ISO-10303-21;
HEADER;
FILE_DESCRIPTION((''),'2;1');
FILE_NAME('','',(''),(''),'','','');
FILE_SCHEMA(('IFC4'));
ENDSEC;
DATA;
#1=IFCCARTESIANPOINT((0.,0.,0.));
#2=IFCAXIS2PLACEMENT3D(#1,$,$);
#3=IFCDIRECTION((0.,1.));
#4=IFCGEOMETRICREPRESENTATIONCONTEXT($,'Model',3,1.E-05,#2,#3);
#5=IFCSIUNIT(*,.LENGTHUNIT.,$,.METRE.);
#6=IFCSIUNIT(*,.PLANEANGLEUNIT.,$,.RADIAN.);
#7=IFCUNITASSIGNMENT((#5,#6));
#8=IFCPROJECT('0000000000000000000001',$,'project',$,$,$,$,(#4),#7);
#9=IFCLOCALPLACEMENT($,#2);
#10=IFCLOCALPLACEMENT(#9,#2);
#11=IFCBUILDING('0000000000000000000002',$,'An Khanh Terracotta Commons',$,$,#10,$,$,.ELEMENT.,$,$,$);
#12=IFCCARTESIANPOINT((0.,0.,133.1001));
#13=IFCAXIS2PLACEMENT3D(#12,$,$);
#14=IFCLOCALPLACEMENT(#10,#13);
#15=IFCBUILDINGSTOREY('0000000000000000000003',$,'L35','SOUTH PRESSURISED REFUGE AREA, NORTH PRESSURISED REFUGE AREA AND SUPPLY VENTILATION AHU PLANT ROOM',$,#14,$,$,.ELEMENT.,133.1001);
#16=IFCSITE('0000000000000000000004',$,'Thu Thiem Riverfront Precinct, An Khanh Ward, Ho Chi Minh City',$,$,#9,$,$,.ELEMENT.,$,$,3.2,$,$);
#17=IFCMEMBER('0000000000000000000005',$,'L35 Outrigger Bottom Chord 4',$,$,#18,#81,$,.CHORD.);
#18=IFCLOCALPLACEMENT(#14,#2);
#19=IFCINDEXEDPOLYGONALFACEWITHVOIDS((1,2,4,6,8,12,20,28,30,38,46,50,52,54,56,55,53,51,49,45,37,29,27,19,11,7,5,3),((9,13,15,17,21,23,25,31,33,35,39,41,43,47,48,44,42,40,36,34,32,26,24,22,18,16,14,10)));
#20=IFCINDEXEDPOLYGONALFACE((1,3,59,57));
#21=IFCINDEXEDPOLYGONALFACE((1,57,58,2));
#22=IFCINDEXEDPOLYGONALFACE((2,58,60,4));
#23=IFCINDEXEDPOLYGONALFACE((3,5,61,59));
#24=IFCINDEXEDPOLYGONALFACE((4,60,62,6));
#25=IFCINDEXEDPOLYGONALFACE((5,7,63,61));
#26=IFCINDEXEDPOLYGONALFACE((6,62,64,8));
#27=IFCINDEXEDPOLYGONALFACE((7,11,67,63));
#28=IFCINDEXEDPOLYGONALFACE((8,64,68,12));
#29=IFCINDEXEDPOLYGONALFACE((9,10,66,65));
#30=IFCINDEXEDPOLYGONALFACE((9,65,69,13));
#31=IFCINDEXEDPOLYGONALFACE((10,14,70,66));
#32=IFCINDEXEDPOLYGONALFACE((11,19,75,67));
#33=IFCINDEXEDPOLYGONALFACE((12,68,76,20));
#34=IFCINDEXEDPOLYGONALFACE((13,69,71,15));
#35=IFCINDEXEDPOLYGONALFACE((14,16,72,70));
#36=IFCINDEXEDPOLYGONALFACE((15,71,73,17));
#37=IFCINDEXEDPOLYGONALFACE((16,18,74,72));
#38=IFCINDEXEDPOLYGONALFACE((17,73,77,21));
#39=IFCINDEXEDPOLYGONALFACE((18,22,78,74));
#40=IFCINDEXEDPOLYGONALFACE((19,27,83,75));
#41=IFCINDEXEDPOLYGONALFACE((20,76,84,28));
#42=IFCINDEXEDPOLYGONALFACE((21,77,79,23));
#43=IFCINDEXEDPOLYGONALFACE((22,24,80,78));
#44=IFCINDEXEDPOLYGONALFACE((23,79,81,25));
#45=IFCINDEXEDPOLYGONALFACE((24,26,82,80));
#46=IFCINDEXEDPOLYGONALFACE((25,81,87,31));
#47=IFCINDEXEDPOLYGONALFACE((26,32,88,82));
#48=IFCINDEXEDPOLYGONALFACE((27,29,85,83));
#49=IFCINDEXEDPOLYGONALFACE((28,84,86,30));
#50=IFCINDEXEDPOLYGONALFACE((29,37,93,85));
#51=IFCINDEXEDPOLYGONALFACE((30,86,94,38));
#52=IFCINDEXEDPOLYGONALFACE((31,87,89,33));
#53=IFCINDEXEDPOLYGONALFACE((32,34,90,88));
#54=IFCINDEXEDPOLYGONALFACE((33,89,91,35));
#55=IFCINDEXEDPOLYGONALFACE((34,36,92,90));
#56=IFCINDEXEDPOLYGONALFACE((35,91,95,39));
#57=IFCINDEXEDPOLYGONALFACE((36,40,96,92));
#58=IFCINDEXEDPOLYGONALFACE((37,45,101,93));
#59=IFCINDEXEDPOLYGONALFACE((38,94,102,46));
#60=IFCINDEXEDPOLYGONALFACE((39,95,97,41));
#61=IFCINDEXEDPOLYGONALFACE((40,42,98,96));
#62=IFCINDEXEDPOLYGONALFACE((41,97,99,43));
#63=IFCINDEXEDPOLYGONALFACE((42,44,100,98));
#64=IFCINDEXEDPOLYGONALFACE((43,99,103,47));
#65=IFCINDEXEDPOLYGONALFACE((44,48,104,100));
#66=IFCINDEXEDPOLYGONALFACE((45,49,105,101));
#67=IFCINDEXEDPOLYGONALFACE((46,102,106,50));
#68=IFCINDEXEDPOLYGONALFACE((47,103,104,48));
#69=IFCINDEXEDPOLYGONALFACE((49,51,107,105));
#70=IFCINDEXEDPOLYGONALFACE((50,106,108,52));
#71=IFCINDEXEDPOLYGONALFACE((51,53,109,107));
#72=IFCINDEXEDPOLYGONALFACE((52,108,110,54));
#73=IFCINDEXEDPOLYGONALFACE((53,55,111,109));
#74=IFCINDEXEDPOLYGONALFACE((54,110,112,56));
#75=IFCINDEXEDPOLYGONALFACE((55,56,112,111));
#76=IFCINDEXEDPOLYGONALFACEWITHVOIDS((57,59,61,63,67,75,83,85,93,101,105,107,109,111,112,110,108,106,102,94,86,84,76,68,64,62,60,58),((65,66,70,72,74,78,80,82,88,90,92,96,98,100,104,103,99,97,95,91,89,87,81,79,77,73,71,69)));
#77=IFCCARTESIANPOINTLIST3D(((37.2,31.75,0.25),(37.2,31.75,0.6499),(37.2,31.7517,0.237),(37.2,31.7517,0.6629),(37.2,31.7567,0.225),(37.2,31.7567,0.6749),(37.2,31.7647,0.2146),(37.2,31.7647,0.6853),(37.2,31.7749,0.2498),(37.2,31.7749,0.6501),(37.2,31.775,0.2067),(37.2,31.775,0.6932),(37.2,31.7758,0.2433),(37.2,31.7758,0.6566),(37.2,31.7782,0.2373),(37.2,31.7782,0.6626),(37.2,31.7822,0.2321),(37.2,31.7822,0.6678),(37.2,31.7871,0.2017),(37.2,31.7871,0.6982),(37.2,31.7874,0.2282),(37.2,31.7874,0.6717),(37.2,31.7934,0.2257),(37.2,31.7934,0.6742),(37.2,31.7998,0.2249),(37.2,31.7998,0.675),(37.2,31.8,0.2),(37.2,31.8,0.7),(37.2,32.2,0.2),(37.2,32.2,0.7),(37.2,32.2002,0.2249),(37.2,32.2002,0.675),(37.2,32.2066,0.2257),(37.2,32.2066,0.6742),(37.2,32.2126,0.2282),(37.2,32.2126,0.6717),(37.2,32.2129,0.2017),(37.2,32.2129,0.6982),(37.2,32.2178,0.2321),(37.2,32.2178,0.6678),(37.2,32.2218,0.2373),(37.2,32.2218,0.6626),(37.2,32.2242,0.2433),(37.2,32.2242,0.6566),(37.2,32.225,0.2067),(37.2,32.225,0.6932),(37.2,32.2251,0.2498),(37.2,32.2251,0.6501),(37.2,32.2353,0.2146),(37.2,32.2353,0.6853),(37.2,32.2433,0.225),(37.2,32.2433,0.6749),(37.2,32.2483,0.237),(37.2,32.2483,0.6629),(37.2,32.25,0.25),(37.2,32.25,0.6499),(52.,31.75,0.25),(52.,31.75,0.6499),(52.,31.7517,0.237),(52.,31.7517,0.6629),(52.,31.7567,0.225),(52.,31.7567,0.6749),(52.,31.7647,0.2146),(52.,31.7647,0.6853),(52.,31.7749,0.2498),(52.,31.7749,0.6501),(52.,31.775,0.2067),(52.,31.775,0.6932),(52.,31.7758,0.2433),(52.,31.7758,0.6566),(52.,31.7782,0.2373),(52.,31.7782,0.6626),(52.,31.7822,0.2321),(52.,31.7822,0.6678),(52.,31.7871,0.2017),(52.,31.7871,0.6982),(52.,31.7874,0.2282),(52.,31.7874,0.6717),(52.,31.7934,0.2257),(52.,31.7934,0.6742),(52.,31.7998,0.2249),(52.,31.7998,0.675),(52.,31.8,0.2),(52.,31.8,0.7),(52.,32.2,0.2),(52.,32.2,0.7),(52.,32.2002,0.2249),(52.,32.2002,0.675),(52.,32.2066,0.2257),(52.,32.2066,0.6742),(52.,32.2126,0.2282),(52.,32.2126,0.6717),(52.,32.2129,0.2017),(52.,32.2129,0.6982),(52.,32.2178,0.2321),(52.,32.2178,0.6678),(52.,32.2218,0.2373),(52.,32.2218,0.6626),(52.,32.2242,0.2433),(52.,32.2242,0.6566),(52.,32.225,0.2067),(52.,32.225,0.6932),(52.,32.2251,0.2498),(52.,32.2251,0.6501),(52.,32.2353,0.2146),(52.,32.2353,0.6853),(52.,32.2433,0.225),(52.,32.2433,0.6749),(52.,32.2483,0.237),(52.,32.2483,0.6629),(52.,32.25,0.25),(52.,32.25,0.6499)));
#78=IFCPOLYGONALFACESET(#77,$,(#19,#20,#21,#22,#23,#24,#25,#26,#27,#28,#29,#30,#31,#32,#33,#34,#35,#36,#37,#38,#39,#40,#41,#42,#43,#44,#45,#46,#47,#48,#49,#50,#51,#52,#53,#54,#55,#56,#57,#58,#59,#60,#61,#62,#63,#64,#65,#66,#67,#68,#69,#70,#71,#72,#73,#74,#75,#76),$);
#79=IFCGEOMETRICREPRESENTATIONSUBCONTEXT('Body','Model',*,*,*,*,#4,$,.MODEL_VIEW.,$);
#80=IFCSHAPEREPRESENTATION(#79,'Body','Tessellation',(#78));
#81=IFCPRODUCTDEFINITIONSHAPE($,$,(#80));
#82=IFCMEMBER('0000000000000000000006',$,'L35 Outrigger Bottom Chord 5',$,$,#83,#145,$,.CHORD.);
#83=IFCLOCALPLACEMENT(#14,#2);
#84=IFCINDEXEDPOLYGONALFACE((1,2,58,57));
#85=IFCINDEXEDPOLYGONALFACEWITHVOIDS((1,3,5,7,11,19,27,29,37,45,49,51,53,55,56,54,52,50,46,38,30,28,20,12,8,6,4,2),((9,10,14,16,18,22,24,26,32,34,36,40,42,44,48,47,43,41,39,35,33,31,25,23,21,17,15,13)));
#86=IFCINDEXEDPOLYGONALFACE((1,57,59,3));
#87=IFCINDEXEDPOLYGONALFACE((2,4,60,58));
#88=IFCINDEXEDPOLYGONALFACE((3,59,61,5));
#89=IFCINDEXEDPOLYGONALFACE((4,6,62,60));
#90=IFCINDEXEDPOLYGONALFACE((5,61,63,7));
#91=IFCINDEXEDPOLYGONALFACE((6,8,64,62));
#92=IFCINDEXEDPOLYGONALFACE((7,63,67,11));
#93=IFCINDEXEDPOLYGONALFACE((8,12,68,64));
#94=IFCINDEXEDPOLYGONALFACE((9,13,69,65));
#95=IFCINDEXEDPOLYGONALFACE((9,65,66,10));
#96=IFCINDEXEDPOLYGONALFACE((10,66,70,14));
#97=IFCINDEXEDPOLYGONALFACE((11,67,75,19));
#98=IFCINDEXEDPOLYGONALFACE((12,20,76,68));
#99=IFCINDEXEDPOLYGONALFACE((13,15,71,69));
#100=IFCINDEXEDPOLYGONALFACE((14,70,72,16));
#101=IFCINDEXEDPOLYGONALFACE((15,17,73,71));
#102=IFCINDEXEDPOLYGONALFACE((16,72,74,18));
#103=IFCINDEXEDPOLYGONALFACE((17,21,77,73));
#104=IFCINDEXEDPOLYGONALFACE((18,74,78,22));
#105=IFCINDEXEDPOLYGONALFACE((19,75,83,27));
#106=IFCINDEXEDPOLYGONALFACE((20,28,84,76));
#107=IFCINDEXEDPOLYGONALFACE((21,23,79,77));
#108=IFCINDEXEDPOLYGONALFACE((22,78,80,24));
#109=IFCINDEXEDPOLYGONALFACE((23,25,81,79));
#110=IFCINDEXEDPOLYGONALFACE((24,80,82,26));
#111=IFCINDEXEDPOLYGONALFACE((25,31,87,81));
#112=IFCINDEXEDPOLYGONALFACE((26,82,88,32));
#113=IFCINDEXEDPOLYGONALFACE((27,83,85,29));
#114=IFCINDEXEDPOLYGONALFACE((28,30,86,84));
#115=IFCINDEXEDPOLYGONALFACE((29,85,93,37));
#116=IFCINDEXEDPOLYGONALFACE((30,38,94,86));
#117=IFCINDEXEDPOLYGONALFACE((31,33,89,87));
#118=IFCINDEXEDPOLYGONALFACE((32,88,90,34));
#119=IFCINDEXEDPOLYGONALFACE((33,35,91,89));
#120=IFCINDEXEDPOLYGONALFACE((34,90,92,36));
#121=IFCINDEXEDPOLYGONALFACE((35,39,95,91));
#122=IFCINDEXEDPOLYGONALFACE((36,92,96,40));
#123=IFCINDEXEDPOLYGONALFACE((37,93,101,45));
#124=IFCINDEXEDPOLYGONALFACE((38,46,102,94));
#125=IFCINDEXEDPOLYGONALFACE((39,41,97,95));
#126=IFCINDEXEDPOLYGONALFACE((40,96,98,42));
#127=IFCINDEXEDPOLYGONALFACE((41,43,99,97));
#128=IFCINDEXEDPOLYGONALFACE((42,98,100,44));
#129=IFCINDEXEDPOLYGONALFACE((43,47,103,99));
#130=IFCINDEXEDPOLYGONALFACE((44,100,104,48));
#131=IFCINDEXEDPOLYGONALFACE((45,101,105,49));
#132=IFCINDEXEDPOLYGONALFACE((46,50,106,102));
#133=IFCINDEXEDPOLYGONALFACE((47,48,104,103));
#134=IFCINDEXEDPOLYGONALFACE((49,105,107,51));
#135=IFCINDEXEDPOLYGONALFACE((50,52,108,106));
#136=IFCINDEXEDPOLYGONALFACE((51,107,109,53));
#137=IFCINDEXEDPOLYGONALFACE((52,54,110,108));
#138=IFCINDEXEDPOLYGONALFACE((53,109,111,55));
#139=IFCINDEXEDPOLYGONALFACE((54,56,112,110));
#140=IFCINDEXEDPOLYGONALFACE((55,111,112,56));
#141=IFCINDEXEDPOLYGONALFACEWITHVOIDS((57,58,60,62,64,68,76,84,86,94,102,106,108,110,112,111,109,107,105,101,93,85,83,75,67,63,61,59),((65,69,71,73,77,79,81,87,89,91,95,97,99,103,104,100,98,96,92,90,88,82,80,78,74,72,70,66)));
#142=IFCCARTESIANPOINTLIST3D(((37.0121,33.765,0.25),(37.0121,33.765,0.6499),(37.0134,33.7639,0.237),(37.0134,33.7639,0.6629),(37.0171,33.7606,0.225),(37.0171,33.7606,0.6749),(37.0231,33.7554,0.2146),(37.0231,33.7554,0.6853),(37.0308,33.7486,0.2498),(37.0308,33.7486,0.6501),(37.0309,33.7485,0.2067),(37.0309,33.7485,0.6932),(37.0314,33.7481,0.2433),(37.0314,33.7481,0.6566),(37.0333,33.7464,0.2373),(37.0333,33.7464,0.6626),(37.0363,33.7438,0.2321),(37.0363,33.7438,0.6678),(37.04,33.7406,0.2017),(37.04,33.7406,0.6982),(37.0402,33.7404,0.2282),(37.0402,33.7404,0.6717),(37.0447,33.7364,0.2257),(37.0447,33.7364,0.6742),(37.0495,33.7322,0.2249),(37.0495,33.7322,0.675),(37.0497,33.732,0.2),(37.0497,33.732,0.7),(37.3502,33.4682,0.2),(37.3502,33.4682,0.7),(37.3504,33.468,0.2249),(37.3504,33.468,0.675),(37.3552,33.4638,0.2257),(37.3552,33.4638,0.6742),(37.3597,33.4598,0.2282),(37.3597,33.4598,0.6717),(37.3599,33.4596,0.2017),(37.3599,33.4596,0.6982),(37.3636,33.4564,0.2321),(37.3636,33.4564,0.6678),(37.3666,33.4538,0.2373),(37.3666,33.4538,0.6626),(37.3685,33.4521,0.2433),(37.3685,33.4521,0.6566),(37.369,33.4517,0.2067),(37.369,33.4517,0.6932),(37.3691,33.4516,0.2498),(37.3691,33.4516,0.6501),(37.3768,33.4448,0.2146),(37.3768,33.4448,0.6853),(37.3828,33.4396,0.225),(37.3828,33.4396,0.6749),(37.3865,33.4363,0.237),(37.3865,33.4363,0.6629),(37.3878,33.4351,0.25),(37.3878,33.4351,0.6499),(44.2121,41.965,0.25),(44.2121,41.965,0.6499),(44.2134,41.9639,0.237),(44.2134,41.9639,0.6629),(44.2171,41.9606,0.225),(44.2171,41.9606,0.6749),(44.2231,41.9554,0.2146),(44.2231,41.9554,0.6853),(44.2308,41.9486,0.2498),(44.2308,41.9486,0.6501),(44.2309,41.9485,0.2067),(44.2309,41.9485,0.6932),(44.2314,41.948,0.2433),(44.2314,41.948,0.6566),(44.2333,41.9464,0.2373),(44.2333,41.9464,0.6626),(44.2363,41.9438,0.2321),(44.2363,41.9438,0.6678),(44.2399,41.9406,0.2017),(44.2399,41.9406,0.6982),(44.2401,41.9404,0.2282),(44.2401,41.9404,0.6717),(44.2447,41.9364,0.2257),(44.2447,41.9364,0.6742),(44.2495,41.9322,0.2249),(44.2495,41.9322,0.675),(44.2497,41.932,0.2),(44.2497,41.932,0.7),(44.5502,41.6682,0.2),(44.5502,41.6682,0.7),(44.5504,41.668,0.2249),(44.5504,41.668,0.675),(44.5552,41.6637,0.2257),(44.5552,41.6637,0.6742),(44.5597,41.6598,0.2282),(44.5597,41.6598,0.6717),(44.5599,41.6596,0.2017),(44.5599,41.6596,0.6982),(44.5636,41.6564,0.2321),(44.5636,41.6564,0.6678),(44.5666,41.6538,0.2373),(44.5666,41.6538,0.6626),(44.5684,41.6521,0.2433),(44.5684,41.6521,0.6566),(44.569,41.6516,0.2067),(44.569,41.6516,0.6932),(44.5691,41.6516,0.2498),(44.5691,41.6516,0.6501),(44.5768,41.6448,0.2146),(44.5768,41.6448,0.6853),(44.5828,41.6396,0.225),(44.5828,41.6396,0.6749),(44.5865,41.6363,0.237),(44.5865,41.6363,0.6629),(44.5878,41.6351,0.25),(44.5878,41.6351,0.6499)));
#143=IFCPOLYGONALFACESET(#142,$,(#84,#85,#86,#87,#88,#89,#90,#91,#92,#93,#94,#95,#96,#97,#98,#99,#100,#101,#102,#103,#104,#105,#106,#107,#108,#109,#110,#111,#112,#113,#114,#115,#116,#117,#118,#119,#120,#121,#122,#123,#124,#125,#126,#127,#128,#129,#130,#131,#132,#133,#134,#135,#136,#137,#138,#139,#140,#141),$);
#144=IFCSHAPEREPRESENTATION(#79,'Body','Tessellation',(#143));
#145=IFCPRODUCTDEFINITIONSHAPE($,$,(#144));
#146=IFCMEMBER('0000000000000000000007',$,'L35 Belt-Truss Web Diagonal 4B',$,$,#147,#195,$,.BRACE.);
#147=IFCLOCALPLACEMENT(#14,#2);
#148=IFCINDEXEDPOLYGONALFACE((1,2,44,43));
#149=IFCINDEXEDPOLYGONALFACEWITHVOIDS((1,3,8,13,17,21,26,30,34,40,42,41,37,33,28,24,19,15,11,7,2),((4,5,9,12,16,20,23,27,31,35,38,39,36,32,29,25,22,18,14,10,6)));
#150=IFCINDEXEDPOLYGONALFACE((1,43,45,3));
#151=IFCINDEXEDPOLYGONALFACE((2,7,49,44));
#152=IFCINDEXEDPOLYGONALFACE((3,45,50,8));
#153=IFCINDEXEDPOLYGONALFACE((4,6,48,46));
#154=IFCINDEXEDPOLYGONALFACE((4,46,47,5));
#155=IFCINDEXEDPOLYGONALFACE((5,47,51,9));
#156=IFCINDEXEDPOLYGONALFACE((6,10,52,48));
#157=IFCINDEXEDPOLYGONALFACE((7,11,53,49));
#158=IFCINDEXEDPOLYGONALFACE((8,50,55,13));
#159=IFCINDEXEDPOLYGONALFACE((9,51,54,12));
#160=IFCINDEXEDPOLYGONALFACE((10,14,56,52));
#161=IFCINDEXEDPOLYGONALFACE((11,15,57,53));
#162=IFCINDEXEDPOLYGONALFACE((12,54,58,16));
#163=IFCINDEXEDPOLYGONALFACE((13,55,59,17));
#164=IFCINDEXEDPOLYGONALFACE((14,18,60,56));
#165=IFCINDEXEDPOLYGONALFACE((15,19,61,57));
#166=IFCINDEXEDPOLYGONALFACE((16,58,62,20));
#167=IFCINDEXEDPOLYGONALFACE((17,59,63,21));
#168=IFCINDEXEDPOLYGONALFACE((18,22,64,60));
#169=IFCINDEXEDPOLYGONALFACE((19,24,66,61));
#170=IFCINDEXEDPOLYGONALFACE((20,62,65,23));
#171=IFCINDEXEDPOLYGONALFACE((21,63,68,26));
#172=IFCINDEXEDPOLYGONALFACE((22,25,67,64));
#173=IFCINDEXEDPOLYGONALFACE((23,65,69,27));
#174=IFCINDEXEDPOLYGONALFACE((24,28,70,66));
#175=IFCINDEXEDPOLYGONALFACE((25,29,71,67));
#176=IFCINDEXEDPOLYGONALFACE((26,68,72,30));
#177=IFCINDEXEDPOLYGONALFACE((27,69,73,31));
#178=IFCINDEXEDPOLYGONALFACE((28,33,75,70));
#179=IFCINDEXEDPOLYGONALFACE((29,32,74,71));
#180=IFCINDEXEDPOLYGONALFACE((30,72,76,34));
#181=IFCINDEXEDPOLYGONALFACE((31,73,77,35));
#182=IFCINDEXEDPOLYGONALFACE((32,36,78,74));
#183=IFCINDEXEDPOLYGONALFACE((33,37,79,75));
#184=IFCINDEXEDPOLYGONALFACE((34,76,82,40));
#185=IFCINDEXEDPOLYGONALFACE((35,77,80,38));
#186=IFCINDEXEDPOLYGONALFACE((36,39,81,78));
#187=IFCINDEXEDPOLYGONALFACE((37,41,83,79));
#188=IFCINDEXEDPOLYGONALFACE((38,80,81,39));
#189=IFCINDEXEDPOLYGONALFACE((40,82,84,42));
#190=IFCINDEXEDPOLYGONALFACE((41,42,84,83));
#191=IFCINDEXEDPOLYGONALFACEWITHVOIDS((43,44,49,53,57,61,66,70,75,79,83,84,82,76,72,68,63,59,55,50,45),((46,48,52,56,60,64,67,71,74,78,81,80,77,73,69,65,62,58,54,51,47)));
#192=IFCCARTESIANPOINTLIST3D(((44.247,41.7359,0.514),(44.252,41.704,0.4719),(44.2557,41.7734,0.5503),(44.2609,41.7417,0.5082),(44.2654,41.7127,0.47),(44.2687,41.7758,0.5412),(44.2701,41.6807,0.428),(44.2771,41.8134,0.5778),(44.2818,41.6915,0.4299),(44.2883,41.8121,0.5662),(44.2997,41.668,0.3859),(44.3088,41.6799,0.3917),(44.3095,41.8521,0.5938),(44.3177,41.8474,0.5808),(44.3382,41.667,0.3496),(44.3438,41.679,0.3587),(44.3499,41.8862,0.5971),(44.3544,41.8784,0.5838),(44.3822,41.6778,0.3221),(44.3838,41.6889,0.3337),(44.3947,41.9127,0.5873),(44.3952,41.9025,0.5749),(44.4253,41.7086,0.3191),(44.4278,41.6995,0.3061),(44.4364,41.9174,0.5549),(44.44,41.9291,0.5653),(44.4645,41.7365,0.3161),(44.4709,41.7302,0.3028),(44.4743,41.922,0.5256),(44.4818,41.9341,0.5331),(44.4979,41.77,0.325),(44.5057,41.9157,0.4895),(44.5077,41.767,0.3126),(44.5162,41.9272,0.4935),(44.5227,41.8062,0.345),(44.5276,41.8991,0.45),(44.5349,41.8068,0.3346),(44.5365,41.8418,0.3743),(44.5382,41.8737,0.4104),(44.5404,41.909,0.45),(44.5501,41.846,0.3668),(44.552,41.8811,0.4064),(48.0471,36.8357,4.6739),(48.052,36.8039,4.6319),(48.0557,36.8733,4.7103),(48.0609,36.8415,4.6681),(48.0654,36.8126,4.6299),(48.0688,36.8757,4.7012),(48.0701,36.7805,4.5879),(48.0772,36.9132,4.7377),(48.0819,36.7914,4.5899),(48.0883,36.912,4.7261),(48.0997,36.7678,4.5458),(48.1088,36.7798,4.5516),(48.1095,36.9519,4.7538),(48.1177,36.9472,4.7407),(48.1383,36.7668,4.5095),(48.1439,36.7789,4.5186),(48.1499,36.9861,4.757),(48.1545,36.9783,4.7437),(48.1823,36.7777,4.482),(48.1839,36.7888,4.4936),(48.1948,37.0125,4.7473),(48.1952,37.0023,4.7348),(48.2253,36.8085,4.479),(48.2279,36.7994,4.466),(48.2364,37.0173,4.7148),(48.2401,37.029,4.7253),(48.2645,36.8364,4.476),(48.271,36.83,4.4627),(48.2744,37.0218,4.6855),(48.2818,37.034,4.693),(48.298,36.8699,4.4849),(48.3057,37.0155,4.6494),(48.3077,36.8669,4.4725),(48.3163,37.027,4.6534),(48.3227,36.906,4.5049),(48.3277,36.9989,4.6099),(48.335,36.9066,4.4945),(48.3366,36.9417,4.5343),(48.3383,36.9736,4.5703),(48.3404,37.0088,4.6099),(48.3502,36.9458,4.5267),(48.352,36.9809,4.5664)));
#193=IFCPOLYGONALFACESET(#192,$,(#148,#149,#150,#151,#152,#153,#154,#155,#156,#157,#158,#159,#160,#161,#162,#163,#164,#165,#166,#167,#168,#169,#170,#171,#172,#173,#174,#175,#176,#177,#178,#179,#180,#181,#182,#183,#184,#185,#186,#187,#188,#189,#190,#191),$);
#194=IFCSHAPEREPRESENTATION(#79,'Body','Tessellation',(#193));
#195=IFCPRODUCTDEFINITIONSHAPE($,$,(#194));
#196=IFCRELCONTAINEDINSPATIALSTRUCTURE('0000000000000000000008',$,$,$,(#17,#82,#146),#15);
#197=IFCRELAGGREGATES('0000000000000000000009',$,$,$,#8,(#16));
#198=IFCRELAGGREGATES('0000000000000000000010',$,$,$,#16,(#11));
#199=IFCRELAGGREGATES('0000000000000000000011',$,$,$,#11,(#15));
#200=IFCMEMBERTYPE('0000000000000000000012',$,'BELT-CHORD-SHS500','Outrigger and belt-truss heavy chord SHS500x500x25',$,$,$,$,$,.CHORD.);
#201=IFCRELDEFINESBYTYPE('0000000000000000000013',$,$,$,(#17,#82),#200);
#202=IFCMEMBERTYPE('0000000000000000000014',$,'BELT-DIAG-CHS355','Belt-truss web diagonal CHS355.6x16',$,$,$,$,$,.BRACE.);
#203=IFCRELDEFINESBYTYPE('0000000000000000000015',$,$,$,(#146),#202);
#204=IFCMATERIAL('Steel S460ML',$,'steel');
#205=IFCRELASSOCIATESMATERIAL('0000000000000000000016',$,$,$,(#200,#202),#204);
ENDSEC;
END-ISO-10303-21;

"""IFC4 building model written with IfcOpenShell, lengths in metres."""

from ifc_helpers import new_model, si_unit, direction, frame, origin, origin_2d, place, context, subcontext, project, spatial, hollow_rectangle, hollow_circle, extrude, material, material_profile, profile_set, type_object, element, save


model = new_model("IFC4")

# Units and contexts
model_context = context("Model", 3, precision=1e-05, world=origin(), true_north=direction((0.0, 1.0)))
body_context = subcontext(model_context, "Body", "Model", "MODEL_VIEW")
ifc_project = project(units=[si_unit("LENGTHUNIT", "METRE"), si_unit("PLANEANGLEUNIT", "RADIAN")], contexts=[model_context])

# Site, building, storey
site_placement = place(None, origin())
site = spatial("IfcSite", under=ifc_project, at=site_placement, Name="Thu Thiem Riverfront Precinct, An Khanh Ward, Ho Chi Minh City", CompositionType="ELEMENT", RefElevation=3.2)
building_placement = place(site_placement, origin())
building = spatial("IfcBuilding", under=site, at=building_placement, Name="An Khanh Terracotta Commons", CompositionType="ELEMENT")
storey_placement = place(building_placement, frame((0.0, 0.0, 133.1001)))
storey = spatial("IfcBuildingStorey", under=building, at=storey_placement, Name="L35", Description="SOUTH PRESSURISED REFUGE AREA, NORTH PRESSURISED REFUGE AREA AND SUPPLY VENTILATION AHU PLANT ROOM", CompositionType="ELEMENT", Elevation=133.1001)

# Shared definitions
ifc_material_1 = material(Name="Steel S460ML", Category="steel")

# Members
ifc_material_profile_1 = material_profile(ifc_material_1, hollow_rectangle(XDim=0.5, YDim=0.5, WallThickness=0.0249, InnerFilletRadius=0.0249, OuterFilletRadius=0.05, at=origin_2d()), Name="SHS500x500x25")
ifc_profile_set_1 = profile_set([ifc_material_profile_1], Name="Steel S460ML")
member_type_1 = type_object("IfcMemberType", Name="BELT-CHORD-SHS500", Description="Outrigger and belt-truss heavy chord SHS500x500x25", PredefinedType="CHORD", material=ifc_profile_set_1)
member_1_placement = place(storey_placement, frame((37.2, 32.0, 0.45), z_axis=(1.0, 0.0, 0.0), x_axis=(0.0, 1.0, 0.0)))
element("IfcMember", 1, at=member_1_placement, inside=storey, type_object=member_type_1, Name="L35 Outrigger Bottom Chord 4", PredefinedType="CHORD", context=body_context, shape_type="SweptSolid", body=[
    extrude(hollow_rectangle(XDim=0.5, YDim=0.5, WallThickness=0.0249, InnerFilletRadius=0.0249, OuterFilletRadius=0.05, at=origin_2d()), origin(), (0.0, 0.0, 1.0), 14.8),
])
member_2_placement = place(storey_placement, frame((37.2, 33.6001, 0.45), z_axis=(0.659801, 0.75144, 0.0), x_axis=(-0.75144, 0.659801, 0.0)))
element("IfcMember", 2, at=member_2_placement, inside=storey, type_object=member_type_1, Name="L35 Outrigger Bottom Chord 5", PredefinedType="CHORD", context=body_context, shape_type="SweptSolid", body=[
    extrude(hollow_rectangle(XDim=0.5, YDim=0.5, WallThickness=0.0249, InnerFilletRadius=0.0249, OuterFilletRadius=0.05, at=origin_2d()), origin(), (0.0, 0.0, 1.0), 10.9124),
])
ifc_material_profile_2 = material_profile(ifc_material_1, hollow_circle(Radius=0.1777, WallThickness=0.0161, at=origin_2d()), Name="CHS355.6x16")
ifc_profile_set_2 = profile_set([ifc_material_profile_2], Name="Steel S460ML")
member_type_2 = type_object("IfcMemberType", Name="BELT-DIAG-CHS355", Description="Belt-truss web diagonal CHS355.6x16", PredefinedType="BRACE", material=ifc_profile_set_2)
member_3_placement = place(storey_placement, frame((44.3999, 41.8, 0.45), z_axis=(0.50891, -0.656237, 0.557103), x_axis=(0.790225, 0.612817, 0.0)))
element("IfcMember", 3, at=member_3_placement, inside=storey, type_object=member_type_2, Name="L35 Belt-Truss Web Diagonal 4B", PredefinedType="BRACE", context=body_context, shape_type="SweptSolid", body=[
    extrude(hollow_circle(Radius=0.1777, WallThickness=0.0161, at=origin_2d()), origin(), (0.0, 0.0, 1.0), 7.467),
])

save(model, "model.ifc")
